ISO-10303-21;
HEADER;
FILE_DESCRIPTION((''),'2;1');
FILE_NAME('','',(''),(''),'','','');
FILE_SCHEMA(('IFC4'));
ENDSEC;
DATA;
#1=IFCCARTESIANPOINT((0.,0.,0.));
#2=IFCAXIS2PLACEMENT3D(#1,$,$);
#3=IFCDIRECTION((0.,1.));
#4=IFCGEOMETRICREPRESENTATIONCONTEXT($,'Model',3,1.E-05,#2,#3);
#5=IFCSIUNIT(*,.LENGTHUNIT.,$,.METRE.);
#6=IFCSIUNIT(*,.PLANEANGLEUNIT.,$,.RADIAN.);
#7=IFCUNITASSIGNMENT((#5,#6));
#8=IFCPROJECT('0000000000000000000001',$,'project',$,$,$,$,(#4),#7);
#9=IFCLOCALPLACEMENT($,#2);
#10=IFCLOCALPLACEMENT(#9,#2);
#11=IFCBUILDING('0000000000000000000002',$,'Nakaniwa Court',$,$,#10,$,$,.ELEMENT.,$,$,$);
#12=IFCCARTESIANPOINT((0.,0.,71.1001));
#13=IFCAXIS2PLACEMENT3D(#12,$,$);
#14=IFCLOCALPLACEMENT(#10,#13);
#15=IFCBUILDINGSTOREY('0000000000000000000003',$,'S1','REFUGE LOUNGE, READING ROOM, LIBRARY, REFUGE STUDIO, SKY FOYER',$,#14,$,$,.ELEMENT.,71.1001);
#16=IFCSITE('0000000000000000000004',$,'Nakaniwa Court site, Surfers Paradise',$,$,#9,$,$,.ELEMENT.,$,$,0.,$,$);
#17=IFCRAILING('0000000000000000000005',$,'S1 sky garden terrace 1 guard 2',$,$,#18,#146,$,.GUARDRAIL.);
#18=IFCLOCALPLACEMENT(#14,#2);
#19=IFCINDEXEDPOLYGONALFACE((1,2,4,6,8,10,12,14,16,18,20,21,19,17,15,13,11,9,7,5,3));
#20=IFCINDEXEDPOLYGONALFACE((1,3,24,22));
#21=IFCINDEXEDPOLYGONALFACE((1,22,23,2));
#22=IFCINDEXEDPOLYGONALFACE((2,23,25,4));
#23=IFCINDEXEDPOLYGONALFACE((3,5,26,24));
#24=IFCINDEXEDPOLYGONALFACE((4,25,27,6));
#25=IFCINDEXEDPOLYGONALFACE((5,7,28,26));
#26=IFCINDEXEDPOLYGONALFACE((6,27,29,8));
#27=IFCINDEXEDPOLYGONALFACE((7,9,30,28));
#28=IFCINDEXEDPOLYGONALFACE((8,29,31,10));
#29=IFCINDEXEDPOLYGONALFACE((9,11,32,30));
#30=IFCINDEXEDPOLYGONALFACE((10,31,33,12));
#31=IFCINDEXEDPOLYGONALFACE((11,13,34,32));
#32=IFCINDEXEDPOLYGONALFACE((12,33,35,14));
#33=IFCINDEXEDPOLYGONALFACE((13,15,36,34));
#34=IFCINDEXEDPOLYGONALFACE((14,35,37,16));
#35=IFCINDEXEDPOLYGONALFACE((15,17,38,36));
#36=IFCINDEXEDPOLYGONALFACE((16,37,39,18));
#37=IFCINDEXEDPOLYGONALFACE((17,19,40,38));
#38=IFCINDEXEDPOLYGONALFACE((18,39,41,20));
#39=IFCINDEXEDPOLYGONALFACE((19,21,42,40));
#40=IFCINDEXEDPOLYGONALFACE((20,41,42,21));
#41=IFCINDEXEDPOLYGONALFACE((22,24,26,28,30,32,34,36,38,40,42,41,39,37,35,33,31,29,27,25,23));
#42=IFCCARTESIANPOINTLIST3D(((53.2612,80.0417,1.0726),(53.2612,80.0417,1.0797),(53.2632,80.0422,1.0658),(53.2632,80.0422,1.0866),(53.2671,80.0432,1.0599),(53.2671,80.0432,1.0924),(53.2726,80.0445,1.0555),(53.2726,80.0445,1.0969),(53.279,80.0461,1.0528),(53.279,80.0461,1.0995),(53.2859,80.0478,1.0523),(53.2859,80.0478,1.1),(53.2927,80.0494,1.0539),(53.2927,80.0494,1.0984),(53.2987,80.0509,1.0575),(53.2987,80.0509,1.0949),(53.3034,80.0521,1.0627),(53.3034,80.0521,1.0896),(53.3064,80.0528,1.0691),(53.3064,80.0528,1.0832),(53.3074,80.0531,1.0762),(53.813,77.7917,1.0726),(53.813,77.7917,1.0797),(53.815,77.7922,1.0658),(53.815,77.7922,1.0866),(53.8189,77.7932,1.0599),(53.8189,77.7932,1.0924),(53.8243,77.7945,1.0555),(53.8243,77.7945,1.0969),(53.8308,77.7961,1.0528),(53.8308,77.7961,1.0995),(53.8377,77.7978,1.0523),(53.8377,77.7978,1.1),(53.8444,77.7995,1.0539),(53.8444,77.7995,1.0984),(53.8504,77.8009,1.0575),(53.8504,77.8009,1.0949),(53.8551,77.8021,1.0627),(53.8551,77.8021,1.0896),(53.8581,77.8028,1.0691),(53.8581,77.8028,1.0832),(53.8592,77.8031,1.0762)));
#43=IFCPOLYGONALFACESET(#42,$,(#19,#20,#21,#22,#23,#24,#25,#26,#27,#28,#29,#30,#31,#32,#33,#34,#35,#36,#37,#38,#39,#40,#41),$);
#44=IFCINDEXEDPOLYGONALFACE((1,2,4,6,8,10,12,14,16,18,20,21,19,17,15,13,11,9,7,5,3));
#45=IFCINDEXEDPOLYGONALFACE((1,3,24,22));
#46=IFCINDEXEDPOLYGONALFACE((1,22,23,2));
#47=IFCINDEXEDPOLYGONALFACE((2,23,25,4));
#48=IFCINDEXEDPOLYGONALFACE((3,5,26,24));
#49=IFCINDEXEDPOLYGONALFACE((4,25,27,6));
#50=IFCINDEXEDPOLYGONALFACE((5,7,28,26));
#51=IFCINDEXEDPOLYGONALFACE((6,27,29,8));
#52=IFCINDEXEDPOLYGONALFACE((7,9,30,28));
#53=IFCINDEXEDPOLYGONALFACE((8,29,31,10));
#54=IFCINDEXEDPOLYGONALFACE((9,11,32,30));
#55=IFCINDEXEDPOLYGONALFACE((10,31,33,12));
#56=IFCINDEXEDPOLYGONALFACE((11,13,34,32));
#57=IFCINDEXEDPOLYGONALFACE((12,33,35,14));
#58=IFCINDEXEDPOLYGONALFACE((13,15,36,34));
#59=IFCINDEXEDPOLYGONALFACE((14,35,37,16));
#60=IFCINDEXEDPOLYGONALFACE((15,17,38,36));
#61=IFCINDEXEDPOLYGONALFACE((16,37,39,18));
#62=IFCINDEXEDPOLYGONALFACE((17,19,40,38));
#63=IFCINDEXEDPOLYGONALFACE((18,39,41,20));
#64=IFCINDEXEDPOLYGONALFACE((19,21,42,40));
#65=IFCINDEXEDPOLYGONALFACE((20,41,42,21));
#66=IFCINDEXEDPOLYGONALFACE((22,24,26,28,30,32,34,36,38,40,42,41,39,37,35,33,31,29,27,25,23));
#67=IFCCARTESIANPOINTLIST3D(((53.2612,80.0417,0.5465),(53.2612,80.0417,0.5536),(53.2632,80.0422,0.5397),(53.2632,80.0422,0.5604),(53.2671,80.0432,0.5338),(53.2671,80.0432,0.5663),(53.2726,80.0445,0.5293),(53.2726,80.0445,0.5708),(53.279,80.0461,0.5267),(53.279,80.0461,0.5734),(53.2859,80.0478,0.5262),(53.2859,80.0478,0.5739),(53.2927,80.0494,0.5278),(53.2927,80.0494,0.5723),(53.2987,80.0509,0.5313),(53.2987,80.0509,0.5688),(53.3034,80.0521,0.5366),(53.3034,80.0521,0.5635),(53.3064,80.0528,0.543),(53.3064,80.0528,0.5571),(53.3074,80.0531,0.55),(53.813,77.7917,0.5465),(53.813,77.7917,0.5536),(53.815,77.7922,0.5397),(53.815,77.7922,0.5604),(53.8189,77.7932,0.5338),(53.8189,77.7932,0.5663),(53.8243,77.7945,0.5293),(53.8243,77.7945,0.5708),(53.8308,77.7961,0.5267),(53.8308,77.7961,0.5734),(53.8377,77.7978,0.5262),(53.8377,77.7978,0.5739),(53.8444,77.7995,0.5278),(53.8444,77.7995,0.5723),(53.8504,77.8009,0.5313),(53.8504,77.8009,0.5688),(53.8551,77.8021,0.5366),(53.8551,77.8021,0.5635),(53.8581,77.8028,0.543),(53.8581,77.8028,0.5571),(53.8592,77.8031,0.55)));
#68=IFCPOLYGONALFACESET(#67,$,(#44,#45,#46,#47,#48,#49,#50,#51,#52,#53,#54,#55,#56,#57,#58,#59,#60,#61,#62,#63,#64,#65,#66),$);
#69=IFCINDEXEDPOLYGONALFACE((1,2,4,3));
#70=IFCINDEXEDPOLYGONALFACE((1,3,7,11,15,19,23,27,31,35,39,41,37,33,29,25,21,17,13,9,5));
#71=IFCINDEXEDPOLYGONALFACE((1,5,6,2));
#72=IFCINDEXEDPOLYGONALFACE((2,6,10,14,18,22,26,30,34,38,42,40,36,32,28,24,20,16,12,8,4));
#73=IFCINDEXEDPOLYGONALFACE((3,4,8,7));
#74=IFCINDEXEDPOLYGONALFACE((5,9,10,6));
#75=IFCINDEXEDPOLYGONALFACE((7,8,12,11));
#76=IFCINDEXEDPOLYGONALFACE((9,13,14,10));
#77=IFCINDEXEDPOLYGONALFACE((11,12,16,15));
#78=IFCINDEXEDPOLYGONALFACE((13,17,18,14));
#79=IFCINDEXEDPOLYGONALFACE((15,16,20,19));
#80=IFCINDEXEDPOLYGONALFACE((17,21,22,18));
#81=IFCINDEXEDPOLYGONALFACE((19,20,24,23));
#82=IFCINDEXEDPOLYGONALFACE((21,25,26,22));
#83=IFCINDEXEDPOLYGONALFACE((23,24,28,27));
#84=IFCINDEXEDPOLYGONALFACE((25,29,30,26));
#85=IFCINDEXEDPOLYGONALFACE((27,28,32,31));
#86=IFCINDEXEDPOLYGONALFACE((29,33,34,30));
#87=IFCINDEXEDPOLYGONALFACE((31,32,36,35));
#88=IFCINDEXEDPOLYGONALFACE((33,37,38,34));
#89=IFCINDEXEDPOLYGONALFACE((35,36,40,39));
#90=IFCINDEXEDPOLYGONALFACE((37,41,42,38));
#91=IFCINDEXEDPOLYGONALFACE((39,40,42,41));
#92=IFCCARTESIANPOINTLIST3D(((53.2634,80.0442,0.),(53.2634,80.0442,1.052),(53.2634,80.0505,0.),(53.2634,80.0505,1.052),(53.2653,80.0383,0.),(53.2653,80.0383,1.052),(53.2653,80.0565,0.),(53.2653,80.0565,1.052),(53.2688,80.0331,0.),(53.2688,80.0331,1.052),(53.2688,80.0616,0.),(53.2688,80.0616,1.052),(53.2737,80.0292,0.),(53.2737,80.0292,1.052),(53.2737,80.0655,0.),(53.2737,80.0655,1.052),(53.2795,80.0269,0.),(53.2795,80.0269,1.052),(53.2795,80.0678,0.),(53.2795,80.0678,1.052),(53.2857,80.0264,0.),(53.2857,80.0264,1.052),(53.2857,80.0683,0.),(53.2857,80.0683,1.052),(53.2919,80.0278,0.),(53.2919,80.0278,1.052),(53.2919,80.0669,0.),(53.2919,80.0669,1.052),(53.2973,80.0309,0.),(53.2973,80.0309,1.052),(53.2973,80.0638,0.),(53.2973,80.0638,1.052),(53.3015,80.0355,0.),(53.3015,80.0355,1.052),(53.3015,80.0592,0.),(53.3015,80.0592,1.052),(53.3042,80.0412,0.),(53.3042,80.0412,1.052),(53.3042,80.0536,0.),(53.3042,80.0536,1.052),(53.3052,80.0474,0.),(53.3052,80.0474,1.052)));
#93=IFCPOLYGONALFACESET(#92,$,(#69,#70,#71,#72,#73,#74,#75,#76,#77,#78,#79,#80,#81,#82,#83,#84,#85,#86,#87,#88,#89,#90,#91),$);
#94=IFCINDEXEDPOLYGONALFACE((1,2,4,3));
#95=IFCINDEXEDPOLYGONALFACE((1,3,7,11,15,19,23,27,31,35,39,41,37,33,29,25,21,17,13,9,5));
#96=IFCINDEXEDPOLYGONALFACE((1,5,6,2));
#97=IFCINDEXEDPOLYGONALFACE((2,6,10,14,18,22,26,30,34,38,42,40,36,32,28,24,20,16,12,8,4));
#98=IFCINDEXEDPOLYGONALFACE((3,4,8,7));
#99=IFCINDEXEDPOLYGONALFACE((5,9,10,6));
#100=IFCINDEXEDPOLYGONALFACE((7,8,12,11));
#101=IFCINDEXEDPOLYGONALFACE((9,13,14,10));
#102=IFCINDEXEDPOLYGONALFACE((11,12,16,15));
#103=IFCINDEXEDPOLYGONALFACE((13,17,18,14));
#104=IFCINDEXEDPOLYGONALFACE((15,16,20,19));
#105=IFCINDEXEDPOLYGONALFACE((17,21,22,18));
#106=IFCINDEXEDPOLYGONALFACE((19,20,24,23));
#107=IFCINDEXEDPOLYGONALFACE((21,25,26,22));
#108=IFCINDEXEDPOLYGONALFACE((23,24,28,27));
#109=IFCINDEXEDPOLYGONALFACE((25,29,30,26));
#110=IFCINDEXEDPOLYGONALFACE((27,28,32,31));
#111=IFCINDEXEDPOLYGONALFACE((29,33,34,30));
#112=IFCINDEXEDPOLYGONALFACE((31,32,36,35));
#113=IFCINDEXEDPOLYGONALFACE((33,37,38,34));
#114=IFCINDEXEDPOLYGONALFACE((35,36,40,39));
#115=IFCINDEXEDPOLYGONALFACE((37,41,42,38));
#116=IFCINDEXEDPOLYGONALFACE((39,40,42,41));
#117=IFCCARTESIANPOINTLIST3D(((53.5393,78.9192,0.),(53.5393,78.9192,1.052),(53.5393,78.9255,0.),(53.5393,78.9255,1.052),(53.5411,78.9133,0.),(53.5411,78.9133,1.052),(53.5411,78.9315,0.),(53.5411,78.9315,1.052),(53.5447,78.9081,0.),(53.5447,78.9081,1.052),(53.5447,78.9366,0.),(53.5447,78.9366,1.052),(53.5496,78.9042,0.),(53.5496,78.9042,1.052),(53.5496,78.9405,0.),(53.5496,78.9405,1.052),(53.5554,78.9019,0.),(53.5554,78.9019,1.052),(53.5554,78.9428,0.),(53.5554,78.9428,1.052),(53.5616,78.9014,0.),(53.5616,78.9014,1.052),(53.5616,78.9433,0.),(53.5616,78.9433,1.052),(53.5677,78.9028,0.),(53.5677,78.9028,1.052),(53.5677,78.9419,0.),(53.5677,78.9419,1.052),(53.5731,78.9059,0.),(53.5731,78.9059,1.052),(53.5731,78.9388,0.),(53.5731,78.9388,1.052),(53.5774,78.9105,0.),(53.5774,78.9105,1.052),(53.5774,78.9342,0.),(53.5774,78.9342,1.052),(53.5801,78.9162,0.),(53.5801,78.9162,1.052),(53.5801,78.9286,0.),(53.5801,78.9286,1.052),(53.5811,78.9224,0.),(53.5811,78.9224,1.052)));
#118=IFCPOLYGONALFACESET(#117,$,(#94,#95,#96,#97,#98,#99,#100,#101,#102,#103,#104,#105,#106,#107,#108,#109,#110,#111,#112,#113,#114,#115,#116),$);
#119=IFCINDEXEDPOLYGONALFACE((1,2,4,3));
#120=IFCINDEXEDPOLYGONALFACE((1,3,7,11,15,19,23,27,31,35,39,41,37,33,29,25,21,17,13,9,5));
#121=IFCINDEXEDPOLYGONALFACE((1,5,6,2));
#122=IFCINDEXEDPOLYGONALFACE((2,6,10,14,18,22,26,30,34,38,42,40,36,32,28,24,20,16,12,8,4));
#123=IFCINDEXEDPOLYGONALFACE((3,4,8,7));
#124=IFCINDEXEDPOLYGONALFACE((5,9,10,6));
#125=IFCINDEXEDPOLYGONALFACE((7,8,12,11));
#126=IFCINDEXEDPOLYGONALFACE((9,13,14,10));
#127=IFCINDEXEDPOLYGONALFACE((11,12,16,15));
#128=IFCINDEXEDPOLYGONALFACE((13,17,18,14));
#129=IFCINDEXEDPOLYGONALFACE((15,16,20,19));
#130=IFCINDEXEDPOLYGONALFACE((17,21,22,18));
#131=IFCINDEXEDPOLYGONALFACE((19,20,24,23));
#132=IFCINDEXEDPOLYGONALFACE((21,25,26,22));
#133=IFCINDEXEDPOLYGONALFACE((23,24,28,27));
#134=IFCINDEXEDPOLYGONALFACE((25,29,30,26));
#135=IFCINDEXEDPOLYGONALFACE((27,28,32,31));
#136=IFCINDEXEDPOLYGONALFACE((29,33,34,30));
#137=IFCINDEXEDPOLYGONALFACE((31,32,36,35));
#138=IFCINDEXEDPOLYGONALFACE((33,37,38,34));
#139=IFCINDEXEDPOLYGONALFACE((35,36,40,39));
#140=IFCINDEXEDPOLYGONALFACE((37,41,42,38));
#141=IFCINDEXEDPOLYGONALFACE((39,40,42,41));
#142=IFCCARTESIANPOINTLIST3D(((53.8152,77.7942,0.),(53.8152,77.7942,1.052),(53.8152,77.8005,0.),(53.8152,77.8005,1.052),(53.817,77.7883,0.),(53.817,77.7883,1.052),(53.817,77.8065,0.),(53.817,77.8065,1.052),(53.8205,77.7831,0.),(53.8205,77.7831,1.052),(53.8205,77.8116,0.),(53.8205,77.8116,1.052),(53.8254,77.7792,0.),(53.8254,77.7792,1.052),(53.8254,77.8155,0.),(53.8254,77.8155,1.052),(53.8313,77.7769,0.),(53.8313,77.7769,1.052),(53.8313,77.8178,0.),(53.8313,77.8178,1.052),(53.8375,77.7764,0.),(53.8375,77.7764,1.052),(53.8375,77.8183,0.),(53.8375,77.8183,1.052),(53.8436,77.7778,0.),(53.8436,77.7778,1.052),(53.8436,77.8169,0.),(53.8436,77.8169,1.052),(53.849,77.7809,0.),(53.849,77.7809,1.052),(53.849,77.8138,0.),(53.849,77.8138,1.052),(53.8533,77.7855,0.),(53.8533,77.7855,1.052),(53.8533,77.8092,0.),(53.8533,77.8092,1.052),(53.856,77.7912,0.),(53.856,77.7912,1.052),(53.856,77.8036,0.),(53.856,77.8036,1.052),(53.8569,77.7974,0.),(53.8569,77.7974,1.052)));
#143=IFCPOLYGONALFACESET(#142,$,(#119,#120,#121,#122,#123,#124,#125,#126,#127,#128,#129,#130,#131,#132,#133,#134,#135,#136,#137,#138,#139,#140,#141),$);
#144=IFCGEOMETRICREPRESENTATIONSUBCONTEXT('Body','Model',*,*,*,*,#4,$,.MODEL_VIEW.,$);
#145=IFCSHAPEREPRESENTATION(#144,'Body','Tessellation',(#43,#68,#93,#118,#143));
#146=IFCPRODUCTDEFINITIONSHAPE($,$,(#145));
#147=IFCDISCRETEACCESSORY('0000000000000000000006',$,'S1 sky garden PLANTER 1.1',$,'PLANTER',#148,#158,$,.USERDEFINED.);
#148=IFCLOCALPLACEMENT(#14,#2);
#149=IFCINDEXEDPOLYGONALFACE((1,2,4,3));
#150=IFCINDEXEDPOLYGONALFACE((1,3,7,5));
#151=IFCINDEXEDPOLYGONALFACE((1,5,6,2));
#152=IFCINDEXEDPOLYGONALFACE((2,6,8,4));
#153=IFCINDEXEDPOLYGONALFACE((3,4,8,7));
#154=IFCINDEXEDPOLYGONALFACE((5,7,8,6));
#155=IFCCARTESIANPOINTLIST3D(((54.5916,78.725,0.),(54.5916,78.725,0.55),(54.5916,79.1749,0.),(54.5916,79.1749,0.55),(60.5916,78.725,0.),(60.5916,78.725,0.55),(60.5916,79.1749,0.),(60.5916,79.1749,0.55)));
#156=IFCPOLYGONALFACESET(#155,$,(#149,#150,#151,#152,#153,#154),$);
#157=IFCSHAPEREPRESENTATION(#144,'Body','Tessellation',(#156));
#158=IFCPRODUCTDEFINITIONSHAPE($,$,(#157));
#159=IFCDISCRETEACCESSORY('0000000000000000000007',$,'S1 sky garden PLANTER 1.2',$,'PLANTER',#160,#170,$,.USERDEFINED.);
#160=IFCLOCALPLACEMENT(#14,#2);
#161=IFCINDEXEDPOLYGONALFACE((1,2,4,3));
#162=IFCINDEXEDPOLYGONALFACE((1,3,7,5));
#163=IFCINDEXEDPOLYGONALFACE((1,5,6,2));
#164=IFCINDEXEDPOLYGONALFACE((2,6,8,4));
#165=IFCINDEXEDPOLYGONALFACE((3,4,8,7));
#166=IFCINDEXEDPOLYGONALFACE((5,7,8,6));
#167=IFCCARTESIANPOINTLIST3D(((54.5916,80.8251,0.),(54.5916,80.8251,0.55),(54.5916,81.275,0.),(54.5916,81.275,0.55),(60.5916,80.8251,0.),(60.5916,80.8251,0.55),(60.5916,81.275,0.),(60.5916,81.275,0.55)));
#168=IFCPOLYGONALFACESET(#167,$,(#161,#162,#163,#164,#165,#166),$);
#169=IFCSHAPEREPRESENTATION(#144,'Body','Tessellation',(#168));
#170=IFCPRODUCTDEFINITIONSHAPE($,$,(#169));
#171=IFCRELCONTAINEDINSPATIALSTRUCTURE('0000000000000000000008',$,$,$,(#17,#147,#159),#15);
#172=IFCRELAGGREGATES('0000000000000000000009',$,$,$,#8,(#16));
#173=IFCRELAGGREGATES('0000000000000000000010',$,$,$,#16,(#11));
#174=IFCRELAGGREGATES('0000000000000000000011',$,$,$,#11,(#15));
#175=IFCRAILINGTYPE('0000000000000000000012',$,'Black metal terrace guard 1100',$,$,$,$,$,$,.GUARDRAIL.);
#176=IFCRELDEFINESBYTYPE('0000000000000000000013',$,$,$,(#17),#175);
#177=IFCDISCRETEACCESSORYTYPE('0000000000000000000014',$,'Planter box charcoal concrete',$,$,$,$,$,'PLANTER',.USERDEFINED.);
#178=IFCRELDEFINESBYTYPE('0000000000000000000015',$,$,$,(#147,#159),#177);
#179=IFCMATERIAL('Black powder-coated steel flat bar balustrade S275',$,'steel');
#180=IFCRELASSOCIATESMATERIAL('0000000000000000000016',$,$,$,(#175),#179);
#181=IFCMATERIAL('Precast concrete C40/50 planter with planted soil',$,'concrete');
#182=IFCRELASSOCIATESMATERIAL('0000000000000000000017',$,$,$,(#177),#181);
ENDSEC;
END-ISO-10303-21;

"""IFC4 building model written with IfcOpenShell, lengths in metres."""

from ifc_helpers import new_model, si_unit, direction, frame, origin, origin_2d, place, context, subcontext, project, spatial, rectangle, circle, extrude, material, type_object, element, save


model = new_model("IFC4")

# Units and contexts
model_context = context("Model", 3, precision=1e-05, world=origin(), true_north=direction((0.0, 1.0)))
body_context = subcontext(model_context, "Body", "Model", "MODEL_VIEW")
ifc_project = project(units=[si_unit("LENGTHUNIT", "METRE"), si_unit("PLANEANGLEUNIT", "RADIAN")], contexts=[model_context])

# Site, building, storey
site_placement = place(None, origin())
site = spatial("IfcSite", under=ifc_project, at=site_placement, Name="Nakaniwa Court site, Surfers Paradise", CompositionType="ELEMENT", RefElevation=0.0)
building_placement = place(site_placement, origin())
building = spatial("IfcBuilding", under=site, at=building_placement, Name="Nakaniwa Court", CompositionType="ELEMENT")
storey_placement = place(building_placement, frame((0.0, 0.0, 71.1001)))
storey = spatial("IfcBuildingStorey", under=building, at=storey_placement, Name="S1", Description="REFUGE LOUNGE, READING ROOM, LIBRARY, REFUGE STUDIO, SKY FOYER", CompositionType="ELEMENT", Elevation=71.1001)

# Railing
ifc_material_1 = material(Name="Black powder-coated steel flat bar balustrade S275", Category="steel")
railing_type = type_object("IfcRailingType", Name="Black metal terrace guard 1100", PredefinedType="GUARDRAIL", material=ifc_material_1)
railing_1_placement = place(storey_placement, frame((53.2842, 80.0474, 0.0)))
element("IfcRailing", 1, at=railing_1_placement, inside=storey, type_object=railing_type, Name="S1 sky garden terrace 1 guard 2", PredefinedType="GUARDRAIL", context=body_context, shape_type="SweptSolid", body=[
    extrude(circle(Radius=0.0239, at=origin_2d()), frame((0.0, 0.0, 1.0762), z_axis=(0.238169, -0.971224, 0.0), x_axis=(0.971224, 0.238169, 0.0)), (0.0, 0.0, 1.0), 2.3167),
    extrude(circle(Radius=0.0239, at=origin_2d()), frame((0.0, 0.0, 0.55), z_axis=(0.238169, -0.971224, 0.0), x_axis=(0.971224, 0.238169, 0.0)), (0.0, 0.0, 1.0), 2.3167),
    extrude(circle(Radius=0.021, at=origin_2d()), origin(), (0.0, 0.0, 1.0), 1.052),
    extrude(circle(Radius=0.021, at=origin_2d()), frame((0.2759, -1.125, 0.0)), (0.0, 0.0, 1.0), 1.052),
    extrude(circle(Radius=0.021, at=origin_2d()), frame((0.5518, -2.25, 0.0)), (0.0, 0.0, 1.0), 1.052),
])

# Discrete accessories
ifc_material_2 = material(Name="Precast concrete C40/50 planter with planted soil", Category="concrete")
discrete_accessory_type = type_object("IfcDiscreteAccessoryType", Name="Planter box charcoal concrete", ElementType="PLANTER", PredefinedType="USERDEFINED", material=ifc_material_2)
for number, where, z_axis, x_axis, name in (
    (2, (57.5916, 78.95, 0.0), (0.0, 0.0, 1.0), (1.0, 0.0, 0.0), "S1 sky garden PLANTER 1.1"),
    (3, (57.5916, 81.05, 0.0), (0.0, 0.0, 1.0), (1.0, 0.0, 0.0), "S1 sky garden PLANTER 1.2"),
):
    element("IfcDiscreteAccessory", number, at=place(storey_placement, frame(where, z_axis=z_axis, x_axis=x_axis)), inside=storey, type_object=discrete_accessory_type, Name=name, ObjectType="PLANTER", PredefinedType="USERDEFINED", context=body_context, shape_type="SweptSolid", body=[
        extrude(rectangle(XDim=6.0, YDim=0.45, at=origin_2d()), origin(), (0.0, 0.0, 1.0), 0.55),
    ])

save(model, "model.ifc")
